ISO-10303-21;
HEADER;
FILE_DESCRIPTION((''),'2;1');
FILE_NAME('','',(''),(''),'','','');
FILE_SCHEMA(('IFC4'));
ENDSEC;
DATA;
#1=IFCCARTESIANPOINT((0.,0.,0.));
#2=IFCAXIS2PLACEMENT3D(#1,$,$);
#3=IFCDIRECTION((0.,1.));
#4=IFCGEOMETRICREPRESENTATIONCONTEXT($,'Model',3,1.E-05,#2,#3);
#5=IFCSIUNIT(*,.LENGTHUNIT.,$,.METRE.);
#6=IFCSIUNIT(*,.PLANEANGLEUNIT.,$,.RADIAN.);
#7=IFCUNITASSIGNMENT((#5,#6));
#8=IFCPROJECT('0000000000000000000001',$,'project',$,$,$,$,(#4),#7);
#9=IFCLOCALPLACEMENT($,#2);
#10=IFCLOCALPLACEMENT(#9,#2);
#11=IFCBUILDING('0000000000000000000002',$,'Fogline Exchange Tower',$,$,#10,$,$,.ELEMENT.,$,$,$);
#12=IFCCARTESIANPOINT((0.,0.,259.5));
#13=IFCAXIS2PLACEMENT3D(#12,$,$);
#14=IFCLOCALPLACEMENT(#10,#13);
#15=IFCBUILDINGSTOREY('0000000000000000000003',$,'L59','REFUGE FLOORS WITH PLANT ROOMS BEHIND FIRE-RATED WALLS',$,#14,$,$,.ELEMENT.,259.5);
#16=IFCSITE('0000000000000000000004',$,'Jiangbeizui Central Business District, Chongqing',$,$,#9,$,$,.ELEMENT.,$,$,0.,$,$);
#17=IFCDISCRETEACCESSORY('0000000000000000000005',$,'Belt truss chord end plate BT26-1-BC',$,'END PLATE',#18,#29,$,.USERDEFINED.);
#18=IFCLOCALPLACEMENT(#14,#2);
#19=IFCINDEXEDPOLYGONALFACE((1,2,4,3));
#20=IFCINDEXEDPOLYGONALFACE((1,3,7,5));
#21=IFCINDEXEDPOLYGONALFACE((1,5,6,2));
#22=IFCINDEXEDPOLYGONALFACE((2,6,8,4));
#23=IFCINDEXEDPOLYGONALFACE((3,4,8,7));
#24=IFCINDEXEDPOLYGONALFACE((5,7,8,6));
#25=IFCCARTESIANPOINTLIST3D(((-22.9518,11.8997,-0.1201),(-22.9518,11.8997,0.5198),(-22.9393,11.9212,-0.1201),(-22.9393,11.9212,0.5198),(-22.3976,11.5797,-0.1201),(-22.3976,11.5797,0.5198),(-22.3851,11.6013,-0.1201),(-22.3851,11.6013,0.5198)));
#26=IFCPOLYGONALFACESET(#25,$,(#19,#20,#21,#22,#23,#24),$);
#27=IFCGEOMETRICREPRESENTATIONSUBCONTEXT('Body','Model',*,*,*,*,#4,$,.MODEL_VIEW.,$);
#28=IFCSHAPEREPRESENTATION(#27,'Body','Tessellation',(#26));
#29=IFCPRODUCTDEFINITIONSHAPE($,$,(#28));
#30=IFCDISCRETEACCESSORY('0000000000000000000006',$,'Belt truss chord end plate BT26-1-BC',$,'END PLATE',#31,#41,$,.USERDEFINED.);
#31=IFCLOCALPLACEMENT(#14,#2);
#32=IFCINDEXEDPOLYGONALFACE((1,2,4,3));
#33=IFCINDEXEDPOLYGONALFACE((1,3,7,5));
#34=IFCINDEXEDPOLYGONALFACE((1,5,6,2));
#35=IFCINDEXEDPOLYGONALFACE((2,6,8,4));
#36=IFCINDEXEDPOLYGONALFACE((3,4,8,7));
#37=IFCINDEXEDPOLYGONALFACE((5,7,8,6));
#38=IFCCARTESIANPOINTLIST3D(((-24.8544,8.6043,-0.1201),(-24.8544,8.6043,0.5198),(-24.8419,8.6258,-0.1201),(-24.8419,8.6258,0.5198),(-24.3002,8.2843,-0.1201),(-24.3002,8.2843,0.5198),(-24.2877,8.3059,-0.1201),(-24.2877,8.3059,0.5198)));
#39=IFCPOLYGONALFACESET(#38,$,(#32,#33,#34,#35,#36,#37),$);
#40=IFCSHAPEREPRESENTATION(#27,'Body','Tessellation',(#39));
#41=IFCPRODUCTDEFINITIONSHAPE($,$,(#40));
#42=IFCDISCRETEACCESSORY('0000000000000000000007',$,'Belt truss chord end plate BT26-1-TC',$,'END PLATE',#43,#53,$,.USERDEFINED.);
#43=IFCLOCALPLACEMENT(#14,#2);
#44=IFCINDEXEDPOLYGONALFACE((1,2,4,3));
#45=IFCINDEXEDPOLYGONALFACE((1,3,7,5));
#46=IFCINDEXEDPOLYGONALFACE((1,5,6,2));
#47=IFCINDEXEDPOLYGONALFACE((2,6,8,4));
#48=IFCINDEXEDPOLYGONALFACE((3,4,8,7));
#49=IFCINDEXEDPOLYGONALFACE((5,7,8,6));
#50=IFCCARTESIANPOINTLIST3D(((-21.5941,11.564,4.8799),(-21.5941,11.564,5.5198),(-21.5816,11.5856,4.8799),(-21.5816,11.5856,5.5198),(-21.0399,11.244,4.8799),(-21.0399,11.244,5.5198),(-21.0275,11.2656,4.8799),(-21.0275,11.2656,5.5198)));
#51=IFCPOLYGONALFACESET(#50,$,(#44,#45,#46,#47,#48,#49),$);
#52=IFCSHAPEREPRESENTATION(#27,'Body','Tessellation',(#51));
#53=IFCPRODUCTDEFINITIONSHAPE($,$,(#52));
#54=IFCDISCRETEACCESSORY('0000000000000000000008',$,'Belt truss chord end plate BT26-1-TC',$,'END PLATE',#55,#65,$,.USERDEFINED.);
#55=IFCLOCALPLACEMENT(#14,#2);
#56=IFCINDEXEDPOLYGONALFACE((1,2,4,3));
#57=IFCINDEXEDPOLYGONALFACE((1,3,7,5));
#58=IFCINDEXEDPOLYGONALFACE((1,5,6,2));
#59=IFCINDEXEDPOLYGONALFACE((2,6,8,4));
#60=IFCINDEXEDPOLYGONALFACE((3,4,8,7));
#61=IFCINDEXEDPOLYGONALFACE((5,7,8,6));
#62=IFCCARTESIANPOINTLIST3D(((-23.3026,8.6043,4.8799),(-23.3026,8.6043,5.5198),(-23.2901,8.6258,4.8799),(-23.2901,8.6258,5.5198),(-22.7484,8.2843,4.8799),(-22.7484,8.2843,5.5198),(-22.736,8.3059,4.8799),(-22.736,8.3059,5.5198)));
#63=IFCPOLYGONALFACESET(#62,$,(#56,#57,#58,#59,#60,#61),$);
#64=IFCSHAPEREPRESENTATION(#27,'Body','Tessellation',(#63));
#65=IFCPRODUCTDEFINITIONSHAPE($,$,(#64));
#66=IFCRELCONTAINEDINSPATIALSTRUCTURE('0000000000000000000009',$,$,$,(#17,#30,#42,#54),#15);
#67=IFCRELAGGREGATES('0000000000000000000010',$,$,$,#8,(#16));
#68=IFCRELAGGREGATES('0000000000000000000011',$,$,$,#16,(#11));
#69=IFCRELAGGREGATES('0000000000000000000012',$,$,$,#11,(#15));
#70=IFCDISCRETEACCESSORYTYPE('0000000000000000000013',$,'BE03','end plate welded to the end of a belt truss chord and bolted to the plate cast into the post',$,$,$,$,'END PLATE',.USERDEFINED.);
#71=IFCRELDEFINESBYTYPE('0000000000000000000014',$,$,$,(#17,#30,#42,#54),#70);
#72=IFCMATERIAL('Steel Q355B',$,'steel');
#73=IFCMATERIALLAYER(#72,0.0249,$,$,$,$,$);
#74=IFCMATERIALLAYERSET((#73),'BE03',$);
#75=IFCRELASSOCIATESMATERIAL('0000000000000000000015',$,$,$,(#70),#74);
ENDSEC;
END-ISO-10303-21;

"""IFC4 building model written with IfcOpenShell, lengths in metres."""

from ifc_helpers import new_model, si_unit, direction, frame, origin, origin_2d, place, context, subcontext, project, spatial, rectangle, extrude, material, layer, layer_set, type_object, element, save


model = new_model("IFC4")

# Units and contexts
model_context = context("Model", 3, precision=1e-05, world=origin(), true_north=direction((0.0, 1.0)))
body_context = subcontext(model_context, "Body", "Model", "MODEL_VIEW")
ifc_project = project(units=[si_unit("LENGTHUNIT", "METRE"), si_unit("PLANEANGLEUNIT", "RADIAN")], contexts=[model_context])

# Site, building, storey
site_placement = place(None, origin())
site = spatial("IfcSite", under=ifc_project, at=site_placement, Name="Jiangbeizui Central Business District, Chongqing", CompositionType="ELEMENT", RefElevation=0.0)
building_placement = place(site_placement, origin())
building = spatial("IfcBuilding", under=site, at=building_placement, Name="Fogline Exchange Tower", CompositionType="ELEMENT")
storey_placement = place(building_placement, frame((0.0, 0.0, 259.5)))
storey = spatial("IfcBuildingStorey", under=building, at=storey_placement, Name="L59", Description="REFUGE FLOORS WITH PLANT ROOMS BEHIND FIRE-RATED WALLS", CompositionType="ELEMENT", Elevation=259.5)

# Shared definitions
ifc_material_1 = material(Name="Steel Q355B", Category="steel")

# Discrete accessories
ifc_layer = layer(ifc_material_1, 0.0249)
ifc_layer_set = layer_set([ifc_layer], Name="BE03")
discrete_accessory_type = type_object("IfcDiscreteAccessoryType", Name="BE03", Description="end plate welded to the end of a belt truss chord and bolted to the plate cast into the post", ElementType="END PLATE", PredefinedType="USERDEFINED", material=ifc_layer_set)
for number, where, z_axis, x_axis, name in (
    (1, (-22.6685, 11.7505, -0.1201), (0.0, 0.0, 1.0), (0.5, 0.866025, 0.0), "Belt truss chord end plate BT26-1-BC"),
    (2, (-24.571, 8.4551, -0.1201), (0.0, 0.0, 1.0), (-0.5, -0.866025, 0.0), "Belt truss chord end plate BT26-1-BC"),
    (3, (-21.3108, 11.4148, 4.8799), (0.0, 0.0, 1.0), (0.5, 0.866025, 0.0), "Belt truss chord end plate BT26-1-TC"),
    (4, (-23.0193, 8.4551, 4.8799), (0.0, 0.0, 1.0), (-0.5, -0.866025, 0.0), "Belt truss chord end plate BT26-1-TC"),
):
    element("IfcDiscreteAccessory", number, at=place(storey_placement, frame(where, z_axis=z_axis, x_axis=x_axis)), inside=storey, type_object=discrete_accessory_type, Name=name, ObjectType="END PLATE", PredefinedType="USERDEFINED", context=body_context, shape_type="SweptSolid", body=[
        extrude(rectangle(XDim=0.0249, YDim=0.6399, at=origin_2d()), origin(), (0.0, 0.0, 1.0), 0.6399),
    ])

save(model, "model.ifc")
